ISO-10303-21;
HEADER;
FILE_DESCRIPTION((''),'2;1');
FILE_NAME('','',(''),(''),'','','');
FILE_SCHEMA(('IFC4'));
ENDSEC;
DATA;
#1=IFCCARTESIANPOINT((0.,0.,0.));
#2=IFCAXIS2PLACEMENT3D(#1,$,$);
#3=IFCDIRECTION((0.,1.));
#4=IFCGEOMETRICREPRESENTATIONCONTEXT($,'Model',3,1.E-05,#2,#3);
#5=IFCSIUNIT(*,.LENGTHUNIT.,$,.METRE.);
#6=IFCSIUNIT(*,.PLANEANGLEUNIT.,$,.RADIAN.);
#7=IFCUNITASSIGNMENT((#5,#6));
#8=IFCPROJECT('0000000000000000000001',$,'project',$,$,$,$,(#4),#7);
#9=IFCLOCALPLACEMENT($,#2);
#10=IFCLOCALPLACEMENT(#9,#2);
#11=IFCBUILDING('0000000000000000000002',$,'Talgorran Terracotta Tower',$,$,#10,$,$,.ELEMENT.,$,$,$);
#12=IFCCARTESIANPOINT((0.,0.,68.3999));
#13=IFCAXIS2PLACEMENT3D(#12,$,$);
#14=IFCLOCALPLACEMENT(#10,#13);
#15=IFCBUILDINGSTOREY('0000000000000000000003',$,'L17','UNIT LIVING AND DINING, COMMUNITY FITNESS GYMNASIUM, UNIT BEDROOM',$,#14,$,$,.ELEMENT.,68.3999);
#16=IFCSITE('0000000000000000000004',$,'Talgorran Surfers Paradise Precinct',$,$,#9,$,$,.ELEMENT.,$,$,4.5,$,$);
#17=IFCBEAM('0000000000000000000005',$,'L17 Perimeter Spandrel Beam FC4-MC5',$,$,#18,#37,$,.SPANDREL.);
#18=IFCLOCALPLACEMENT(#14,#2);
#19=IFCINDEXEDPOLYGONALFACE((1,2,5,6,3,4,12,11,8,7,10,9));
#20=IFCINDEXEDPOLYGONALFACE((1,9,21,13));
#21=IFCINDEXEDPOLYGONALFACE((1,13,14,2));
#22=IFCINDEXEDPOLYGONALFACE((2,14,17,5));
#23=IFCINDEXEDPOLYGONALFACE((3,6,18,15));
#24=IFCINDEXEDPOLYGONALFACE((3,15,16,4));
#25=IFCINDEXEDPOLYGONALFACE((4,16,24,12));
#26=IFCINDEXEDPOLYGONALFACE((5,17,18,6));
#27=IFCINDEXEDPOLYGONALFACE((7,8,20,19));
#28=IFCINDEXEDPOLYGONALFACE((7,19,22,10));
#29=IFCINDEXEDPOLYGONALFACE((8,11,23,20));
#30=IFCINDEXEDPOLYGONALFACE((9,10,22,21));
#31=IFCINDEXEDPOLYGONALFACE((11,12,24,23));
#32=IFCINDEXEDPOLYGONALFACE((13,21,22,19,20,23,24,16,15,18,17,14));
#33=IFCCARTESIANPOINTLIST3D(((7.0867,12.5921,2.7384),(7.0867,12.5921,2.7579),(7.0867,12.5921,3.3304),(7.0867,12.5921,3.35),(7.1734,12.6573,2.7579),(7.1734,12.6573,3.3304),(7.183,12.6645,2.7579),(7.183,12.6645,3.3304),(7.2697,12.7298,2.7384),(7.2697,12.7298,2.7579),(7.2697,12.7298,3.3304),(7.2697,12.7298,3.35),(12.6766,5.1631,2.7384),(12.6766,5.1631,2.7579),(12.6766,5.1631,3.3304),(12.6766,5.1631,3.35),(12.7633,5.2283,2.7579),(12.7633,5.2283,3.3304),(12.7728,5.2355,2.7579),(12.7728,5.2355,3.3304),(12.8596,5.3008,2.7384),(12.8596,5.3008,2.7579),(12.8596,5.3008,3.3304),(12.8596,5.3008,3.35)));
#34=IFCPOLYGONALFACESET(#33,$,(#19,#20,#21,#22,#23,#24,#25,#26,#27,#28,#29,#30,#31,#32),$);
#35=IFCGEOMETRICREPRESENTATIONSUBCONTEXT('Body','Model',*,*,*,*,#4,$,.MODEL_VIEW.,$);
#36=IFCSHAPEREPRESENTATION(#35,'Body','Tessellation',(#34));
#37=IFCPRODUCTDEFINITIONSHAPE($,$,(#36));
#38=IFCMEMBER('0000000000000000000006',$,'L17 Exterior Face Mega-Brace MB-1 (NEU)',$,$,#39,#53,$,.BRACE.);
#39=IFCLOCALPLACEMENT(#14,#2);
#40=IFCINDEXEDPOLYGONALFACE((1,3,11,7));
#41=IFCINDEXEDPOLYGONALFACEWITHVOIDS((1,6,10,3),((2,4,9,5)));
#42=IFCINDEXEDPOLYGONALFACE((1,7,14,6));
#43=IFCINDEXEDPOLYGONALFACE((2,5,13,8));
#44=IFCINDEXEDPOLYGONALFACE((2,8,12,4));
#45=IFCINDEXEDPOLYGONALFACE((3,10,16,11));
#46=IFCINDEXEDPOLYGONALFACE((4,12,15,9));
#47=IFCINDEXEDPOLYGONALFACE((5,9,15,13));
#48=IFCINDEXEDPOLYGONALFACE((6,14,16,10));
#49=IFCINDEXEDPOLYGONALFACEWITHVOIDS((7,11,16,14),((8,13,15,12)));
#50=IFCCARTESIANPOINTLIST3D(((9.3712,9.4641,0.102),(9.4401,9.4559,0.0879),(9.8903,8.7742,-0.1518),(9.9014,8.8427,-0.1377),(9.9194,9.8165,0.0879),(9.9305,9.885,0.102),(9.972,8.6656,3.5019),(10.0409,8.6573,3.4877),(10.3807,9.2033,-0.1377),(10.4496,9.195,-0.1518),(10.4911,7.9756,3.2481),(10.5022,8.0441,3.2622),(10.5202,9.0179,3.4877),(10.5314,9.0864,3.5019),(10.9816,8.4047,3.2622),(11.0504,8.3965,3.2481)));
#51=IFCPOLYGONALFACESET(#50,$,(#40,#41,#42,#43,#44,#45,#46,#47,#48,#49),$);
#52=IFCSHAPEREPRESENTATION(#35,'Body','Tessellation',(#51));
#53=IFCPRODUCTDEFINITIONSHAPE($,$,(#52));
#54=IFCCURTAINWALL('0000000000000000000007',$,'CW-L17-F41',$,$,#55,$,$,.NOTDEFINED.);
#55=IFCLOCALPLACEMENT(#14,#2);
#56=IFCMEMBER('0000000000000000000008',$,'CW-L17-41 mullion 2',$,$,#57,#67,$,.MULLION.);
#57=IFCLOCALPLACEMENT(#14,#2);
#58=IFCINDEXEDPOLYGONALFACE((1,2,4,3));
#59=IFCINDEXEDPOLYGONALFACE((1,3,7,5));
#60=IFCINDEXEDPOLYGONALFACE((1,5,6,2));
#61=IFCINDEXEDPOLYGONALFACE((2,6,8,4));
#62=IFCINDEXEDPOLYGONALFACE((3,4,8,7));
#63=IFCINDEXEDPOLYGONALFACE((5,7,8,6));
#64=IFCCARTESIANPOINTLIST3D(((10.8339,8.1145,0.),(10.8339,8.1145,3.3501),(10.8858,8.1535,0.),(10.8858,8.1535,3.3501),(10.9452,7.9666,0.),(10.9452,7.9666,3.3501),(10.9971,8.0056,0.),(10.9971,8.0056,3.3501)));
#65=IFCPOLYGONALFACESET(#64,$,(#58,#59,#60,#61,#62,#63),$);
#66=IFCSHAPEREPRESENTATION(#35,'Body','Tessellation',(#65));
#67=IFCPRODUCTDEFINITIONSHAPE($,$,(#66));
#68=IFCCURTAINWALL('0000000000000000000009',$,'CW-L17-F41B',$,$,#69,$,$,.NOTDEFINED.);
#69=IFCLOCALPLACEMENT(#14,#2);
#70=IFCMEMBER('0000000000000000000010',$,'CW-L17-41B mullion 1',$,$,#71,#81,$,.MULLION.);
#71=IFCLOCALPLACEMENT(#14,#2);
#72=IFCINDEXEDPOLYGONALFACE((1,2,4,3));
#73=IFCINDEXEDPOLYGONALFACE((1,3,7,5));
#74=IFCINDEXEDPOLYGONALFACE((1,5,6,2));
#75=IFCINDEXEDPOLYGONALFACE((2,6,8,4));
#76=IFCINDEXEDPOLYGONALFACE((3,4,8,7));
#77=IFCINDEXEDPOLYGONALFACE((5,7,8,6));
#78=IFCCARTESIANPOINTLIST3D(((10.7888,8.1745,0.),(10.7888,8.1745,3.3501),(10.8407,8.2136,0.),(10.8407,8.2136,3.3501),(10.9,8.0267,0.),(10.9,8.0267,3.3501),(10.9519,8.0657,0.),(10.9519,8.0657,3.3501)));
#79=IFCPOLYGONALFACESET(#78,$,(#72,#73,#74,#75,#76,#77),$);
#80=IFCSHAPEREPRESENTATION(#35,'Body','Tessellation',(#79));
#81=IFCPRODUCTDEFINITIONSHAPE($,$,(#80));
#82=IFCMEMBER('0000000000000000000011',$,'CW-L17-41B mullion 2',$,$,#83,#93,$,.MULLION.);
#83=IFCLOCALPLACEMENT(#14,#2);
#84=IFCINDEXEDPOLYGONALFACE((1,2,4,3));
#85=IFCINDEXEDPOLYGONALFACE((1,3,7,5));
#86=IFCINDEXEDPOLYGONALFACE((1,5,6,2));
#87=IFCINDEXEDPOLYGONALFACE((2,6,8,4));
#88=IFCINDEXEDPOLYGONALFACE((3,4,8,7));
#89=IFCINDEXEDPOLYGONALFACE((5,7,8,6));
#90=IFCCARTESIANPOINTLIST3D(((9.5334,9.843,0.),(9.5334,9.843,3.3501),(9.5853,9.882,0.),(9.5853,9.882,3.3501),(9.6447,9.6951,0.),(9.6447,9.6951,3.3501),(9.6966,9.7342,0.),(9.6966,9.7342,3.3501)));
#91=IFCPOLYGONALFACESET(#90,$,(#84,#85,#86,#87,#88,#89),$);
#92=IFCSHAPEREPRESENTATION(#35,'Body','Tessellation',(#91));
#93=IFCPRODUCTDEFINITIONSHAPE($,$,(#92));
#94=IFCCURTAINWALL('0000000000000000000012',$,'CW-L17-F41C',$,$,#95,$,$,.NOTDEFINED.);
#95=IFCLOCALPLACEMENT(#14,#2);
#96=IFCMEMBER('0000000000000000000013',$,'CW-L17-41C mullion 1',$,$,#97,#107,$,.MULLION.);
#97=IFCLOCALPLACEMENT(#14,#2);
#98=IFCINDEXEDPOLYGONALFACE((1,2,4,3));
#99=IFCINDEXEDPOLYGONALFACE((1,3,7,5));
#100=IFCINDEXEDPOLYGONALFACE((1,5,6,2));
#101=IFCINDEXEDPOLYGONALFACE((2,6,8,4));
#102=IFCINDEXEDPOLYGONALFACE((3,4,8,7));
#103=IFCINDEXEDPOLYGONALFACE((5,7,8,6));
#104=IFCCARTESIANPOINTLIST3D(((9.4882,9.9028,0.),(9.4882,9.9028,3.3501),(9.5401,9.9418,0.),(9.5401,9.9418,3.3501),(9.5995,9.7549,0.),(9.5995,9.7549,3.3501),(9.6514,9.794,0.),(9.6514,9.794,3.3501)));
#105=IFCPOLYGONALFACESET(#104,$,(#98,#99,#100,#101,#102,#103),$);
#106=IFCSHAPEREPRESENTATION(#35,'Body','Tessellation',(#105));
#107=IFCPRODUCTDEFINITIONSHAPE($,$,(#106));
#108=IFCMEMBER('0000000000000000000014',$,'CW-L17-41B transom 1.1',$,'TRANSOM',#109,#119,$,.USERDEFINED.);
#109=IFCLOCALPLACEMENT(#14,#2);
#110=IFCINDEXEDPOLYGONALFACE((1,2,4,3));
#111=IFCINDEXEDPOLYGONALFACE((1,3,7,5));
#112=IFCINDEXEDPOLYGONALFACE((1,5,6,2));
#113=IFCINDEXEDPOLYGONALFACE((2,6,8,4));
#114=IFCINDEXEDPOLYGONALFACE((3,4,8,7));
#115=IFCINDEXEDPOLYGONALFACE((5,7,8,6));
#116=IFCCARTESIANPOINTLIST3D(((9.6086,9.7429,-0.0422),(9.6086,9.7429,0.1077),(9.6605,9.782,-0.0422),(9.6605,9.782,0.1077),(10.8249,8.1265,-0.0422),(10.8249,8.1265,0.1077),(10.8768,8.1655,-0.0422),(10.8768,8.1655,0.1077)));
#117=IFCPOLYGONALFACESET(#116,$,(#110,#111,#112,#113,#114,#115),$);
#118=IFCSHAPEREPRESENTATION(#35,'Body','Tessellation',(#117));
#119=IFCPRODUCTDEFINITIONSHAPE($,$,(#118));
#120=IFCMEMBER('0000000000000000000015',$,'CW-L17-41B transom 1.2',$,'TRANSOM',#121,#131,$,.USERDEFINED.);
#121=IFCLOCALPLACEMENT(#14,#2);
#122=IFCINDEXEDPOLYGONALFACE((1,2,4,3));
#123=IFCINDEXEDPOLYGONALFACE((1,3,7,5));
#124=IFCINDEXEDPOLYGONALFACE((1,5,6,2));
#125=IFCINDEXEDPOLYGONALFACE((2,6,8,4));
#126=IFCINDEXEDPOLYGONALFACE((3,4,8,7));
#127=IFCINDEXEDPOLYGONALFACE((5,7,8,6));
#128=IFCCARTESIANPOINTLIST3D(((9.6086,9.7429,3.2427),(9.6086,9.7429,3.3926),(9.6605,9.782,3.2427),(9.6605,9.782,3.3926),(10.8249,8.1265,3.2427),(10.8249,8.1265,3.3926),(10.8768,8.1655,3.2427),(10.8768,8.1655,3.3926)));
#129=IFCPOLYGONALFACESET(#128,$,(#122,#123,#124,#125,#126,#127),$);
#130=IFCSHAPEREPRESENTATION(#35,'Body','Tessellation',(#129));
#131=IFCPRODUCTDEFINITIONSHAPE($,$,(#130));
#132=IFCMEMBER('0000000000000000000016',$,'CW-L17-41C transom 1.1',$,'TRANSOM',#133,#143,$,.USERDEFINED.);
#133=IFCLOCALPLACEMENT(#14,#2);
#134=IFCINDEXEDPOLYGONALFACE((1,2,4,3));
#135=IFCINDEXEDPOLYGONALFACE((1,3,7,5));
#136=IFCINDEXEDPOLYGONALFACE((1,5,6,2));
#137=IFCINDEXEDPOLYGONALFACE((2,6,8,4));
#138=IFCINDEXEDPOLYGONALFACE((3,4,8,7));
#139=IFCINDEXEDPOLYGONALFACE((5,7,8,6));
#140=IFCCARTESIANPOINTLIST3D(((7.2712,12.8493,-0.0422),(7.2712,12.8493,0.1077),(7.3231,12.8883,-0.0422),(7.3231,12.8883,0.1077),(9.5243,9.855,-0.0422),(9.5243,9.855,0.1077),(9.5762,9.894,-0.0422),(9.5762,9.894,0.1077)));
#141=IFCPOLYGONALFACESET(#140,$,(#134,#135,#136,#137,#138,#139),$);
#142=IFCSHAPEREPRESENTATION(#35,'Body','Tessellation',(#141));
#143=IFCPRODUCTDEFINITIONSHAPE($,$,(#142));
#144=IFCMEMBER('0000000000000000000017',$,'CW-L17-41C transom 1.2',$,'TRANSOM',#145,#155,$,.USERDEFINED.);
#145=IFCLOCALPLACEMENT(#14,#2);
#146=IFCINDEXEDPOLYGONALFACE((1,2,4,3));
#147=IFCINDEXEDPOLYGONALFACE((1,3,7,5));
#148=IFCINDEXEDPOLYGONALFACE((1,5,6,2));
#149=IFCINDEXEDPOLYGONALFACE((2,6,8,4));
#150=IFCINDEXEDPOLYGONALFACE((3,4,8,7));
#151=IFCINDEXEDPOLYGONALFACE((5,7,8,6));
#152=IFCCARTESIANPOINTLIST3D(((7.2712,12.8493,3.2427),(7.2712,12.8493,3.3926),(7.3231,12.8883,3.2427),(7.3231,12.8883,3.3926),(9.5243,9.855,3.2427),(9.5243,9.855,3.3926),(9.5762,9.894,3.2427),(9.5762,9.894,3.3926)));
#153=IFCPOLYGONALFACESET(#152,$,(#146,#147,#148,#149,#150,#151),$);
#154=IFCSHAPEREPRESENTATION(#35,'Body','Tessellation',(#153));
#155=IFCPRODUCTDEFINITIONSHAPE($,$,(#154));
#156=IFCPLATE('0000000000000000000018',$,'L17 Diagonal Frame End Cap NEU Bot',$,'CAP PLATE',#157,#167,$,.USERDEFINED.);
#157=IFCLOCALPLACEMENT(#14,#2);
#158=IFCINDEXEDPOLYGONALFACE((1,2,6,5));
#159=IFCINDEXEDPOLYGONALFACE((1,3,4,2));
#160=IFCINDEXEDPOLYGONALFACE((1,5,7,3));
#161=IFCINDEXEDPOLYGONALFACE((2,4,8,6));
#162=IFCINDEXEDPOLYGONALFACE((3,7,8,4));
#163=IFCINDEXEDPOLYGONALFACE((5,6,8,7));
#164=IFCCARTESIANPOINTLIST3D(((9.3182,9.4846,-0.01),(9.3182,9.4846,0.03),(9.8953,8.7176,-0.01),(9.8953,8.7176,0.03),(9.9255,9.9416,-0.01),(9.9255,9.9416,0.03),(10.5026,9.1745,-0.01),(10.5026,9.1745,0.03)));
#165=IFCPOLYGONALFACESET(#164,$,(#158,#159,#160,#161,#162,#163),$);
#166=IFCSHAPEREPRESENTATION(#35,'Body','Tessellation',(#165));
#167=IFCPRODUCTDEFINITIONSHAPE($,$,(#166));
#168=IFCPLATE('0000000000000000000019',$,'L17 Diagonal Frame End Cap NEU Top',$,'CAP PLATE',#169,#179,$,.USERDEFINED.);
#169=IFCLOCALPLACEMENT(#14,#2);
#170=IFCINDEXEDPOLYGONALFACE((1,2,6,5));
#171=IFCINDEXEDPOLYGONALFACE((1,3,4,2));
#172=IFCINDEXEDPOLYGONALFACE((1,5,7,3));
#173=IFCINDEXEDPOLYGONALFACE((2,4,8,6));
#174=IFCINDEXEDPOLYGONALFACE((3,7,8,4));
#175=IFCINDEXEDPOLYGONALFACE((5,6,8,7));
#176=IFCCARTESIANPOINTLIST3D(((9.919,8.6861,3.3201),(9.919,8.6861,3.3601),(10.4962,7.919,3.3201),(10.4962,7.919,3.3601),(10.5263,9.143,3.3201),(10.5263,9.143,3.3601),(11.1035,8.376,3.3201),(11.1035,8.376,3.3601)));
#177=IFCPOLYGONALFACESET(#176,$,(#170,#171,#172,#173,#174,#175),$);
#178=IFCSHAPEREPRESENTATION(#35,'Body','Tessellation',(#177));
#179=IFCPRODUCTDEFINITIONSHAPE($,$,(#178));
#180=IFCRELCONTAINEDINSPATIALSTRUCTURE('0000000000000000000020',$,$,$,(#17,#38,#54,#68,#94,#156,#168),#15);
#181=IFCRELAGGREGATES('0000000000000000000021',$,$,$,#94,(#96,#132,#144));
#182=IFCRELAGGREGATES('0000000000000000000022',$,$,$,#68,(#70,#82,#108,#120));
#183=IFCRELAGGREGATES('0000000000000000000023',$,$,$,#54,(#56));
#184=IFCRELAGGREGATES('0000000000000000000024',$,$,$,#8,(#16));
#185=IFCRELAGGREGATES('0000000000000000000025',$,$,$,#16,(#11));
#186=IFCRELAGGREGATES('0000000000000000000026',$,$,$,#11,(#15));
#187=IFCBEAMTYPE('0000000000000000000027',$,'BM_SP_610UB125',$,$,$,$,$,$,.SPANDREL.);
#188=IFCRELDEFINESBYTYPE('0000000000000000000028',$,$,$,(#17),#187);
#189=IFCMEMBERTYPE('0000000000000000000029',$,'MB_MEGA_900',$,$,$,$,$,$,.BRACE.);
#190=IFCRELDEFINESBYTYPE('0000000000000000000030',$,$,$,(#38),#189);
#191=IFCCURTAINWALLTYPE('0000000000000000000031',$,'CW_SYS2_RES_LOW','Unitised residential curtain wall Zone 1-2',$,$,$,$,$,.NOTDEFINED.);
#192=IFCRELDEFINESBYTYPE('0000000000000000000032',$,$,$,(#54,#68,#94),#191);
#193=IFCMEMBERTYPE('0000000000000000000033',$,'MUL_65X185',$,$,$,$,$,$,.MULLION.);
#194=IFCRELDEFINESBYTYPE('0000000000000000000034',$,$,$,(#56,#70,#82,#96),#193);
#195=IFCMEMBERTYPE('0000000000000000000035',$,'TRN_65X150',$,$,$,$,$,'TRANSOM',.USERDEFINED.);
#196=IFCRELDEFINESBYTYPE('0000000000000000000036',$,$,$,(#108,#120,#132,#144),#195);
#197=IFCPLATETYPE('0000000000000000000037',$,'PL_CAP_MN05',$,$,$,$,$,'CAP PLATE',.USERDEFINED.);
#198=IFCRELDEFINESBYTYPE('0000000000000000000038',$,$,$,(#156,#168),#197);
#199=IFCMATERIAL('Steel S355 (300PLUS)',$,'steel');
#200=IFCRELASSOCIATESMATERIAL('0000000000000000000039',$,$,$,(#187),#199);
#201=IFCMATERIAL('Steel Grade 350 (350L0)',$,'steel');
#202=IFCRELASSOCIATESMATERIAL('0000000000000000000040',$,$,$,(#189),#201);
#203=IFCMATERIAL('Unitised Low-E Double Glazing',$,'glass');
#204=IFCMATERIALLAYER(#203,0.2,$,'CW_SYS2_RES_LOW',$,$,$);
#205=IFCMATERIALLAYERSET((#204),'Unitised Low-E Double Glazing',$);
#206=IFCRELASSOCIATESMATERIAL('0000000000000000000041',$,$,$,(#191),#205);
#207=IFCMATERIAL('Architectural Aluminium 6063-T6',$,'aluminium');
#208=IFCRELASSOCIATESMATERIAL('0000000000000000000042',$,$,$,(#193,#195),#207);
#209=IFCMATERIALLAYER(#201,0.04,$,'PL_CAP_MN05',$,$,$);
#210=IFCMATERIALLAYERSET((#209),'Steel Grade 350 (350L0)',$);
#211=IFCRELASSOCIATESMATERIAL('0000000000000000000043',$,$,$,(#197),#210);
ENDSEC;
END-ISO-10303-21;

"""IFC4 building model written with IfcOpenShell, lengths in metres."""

from ifc_helpers import new_model, si_unit, direction, frame, origin, origin_2d, place, context, subcontext, project, spatial, rectangle, hollow_rectangle, i_section, extrude, material, layer, layer_set, material_profile, profile_set, type_object, element, aggregate, save


model = new_model("IFC4")

# Units and contexts
model_context = context("Model", 3, precision=1e-05, world=origin(), true_north=direction((0.0, 1.0)))
body_context = subcontext(model_context, "Body", "Model", "MODEL_VIEW")
ifc_project = project(units=[si_unit("LENGTHUNIT", "METRE"), si_unit("PLANEANGLEUNIT", "RADIAN")], contexts=[model_context])

# Site, building, storey
site_placement = place(None, origin())
site = spatial("IfcSite", under=ifc_project, at=site_placement, Name="Talgorran Surfers Paradise Precinct", CompositionType="ELEMENT", RefElevation=4.5)
building_placement = place(site_placement, origin())
building = spatial("IfcBuilding", under=site, at=building_placement, Name="Talgorran Terracotta Tower", CompositionType="ELEMENT")
storey_placement = place(building_placement, frame((0.0, 0.0, 68.3999)))
storey = spatial("IfcBuildingStorey", under=building, at=storey_placement, Name="L17", Description="UNIT LIVING AND DINING, COMMUNITY FITNESS GYMNASIUM, UNIT BEDROOM", CompositionType="ELEMENT", Elevation=68.3999)

# Beam
ifc_material_1 = material(Name="Steel S355 (300PLUS)", Category="steel")
ifc_material_profile_1 = material_profile(ifc_material_1, i_section(OverallWidth=0.229, OverallDepth=0.6116, WebThickness=0.012, FlangeThickness=0.0195, at=origin_2d()), Name="610UB125")
ifc_profile_set_1 = profile_set([ifc_material_profile_1], Name="Steel S355 (300PLUS)")
beam_type = type_object("IfcBeamType", Name="BM_SP_610UB125", PredefinedType="SPANDREL", material=ifc_profile_set_1)
beam_placement = place(storey_placement, frame((12.7681, 5.2319, 3.0442), z_axis=(-0.601247, 0.799063, 0.0), x_axis=(-0.799063, -0.601247, 0.0)))
element("IfcBeam", 1, at=beam_placement, inside=storey, type_object=beam_type, Name="L17 Perimeter Spandrel Beam FC4-MC5", PredefinedType="SPANDREL", context=body_context, shape_type="SweptSolid", body=[
    extrude(i_section(OverallWidth=0.229, OverallDepth=0.6116, WebThickness=0.012, FlangeThickness=0.0195, at=origin_2d()), origin(), (0.0, 0.0, 1.0), 9.2971),
])

# Member
ifc_material_2 = material(Name="Steel Grade 350 (350L0)", Category="steel")
ifc_material_profile_2 = material_profile(ifc_material_2, hollow_rectangle(XDim=0.7, YDim=0.8999, WallThickness=0.05, at=origin_2d()), Name="WBOX900X700X50")
ifc_profile_set_2 = profile_set([ifc_material_profile_2], Name="Steel Grade 350 (350L0)")
member_type_1 = type_object("IfcMemberType", Name="MB_MEGA_900", PredefinedType="BRACE", material=ifc_profile_set_2)
member_1_placement = place(storey_placement, frame((9.9104, 9.3296, -0.0249), z_axis=(0.169547, -0.225351, 0.959412), x_axis=(0.79909, 0.601211, 0.0)))
element("IfcMember", 2, at=member_1_placement, inside=storey, type_object=member_type_1, Name="L17 Exterior Face Mega-Brace MB-1 (NEU)", PredefinedType="BRACE", context=body_context, shape_type="SweptSolid", body=[
    extrude(hollow_rectangle(XDim=0.7, YDim=0.8999, WallThickness=0.05, at=origin_2d()), origin(), (0.0, 0.0, 1.0), 3.5437),
])

# Curtain wall, member
ifc_material_3 = material(Name="Unitised Low-E Double Glazing", Category="glass")
ifc_layer_1 = layer(ifc_material_3, 0.2, Name="CW_SYS2_RES_LOW")
ifc_layer_set_1 = layer_set([ifc_layer_1], Name="Unitised Low-E Double Glazing")
curtain_wall_type = type_object("IfcCurtainWallType", Name="CW_SYS2_RES_LOW", Description="Unitised residential curtain wall Zone 1-2", PredefinedType="NOTDEFINED", material=ifc_layer_set_1)
curtain_wall_1_placement = place(storey_placement, origin())
curtain_wall_1 = element("IfcCurtainWall", 3, at=curtain_wall_1_placement, inside=storey, type_object=curtain_wall_type, Name="CW-L17-F41", PredefinedType="NOTDEFINED")
ifc_material_4 = material(Name="Architectural Aluminium 6063-T6", Category="aluminium")
ifc_material_profile_3 = material_profile(ifc_material_4, rectangle(XDim=0.0649, YDim=0.1851, at=origin_2d()), Name="CWM65X185")
ifc_profile_set_3 = profile_set([ifc_material_profile_3], Name="Architectural Aluminium 6063-T6")
member_type_2 = type_object("IfcMemberType", Name="MUL_65X185", PredefinedType="MULLION", material=ifc_profile_set_3)
member_2_placement = place(storey_placement, frame((10.9155, 8.0601, 0.0), z_axis=(0.0, 0.0, 1.0), x_axis=(-0.799062, -0.601249, 0.0)))
member_2 = element("IfcMember", 4, at=member_2_placement, type_object=member_type_2, Name="CW-L17-41 mullion 2", PredefinedType="MULLION", context=body_context, shape_type="SweptSolid", body=[
    extrude(rectangle(XDim=0.0649, YDim=0.1851, at=origin_2d()), origin(), (0.0, 0.0, 1.0), 3.3501),
])

# Curtain wall, members
curtain_wall_2_placement = place(storey_placement, origin())
curtain_wall_2 = element("IfcCurtainWall", 5, at=curtain_wall_2_placement, inside=storey, type_object=curtain_wall_type, Name="CW-L17-F41B", PredefinedType="NOTDEFINED")
member_3_placement = place(storey_placement, frame((10.8704, 8.1201, 0.0), z_axis=(0.0, 0.0, 1.0), x_axis=(-0.799063, -0.601248, 0.0)))
member_3 = element("IfcMember", 6, at=member_3_placement, type_object=member_type_2, Name="CW-L17-41B mullion 1", PredefinedType="MULLION", context=body_context, shape_type="SweptSolid", body=[
    extrude(rectangle(XDim=0.0649, YDim=0.1851, at=origin_2d()), origin(), (0.0, 0.0, 1.0), 3.3501),
])
member_4_placement = place(storey_placement, frame((9.615, 9.7886, 0.0), z_axis=(0.0, 0.0, 1.0), x_axis=(-0.799063, -0.601248, 0.0)))
member_4 = element("IfcMember", 7, at=member_4_placement, type_object=member_type_2, Name="CW-L17-41B mullion 2", PredefinedType="MULLION", context=body_context, shape_type="SweptSolid", body=[
    extrude(rectangle(XDim=0.0649, YDim=0.1851, at=origin_2d()), origin(), (0.0, 0.0, 1.0), 3.3501),
])

# Curtain wall, member
curtain_wall_3_placement = place(storey_placement, origin())
curtain_wall_3 = element("IfcCurtainWall", 8, at=curtain_wall_3_placement, inside=storey, type_object=curtain_wall_type, Name="CW-L17-F41C", PredefinedType="NOTDEFINED")
member_5_placement = place(storey_placement, frame((9.5698, 9.8484, 0.0), z_axis=(0.0, 0.0, 1.0), x_axis=(-0.799061, -0.60125, 0.0)))
member_5 = element("IfcMember", 9, at=member_5_placement, type_object=member_type_2, Name="CW-L17-41C mullion 1", PredefinedType="MULLION", context=body_context, shape_type="SweptSolid", body=[
    extrude(rectangle(XDim=0.0649, YDim=0.1851, at=origin_2d()), origin(), (0.0, 0.0, 1.0), 3.3501),
])

# Members
ifc_material_profile_4 = material_profile(ifc_material_4, rectangle(XDim=0.0649, YDim=0.1499, at=origin_2d()), Name="CWT65X150")
ifc_profile_set_4 = profile_set([ifc_material_profile_4], Name="Architectural Aluminium 6063-T6")
member_type_3 = type_object("IfcMemberType", Name="TRN_65X150", ElementType="TRANSOM", PredefinedType="USERDEFINED", material=ifc_profile_set_4)
member_6_placement = place(storey_placement, frame((10.8508, 8.146, 0.0327), z_axis=(-0.601254, 0.799058, 0.0), x_axis=(-0.799058, -0.601254, 0.0)))
member_6 = element("IfcMember", 10, at=member_6_placement, type_object=member_type_3, Name="CW-L17-41B transom 1.1", ObjectType="TRANSOM", PredefinedType="USERDEFINED", context=body_context, shape_type="SweptSolid", body=[
    extrude(rectangle(XDim=0.0649, YDim=0.1499, at=origin_2d()), origin(), (0.0, 0.0, 1.0), 2.0229),
])
member_7_placement = place(storey_placement, frame((10.8508, 8.146, 3.3176), z_axis=(-0.601254, 0.799058, 0.0), x_axis=(-0.799058, -0.601254, 0.0)))
member_7 = element("IfcMember", 11, at=member_7_placement, type_object=member_type_3, Name="CW-L17-41B transom 1.2", ObjectType="TRANSOM", PredefinedType="USERDEFINED", context=body_context, shape_type="SweptSolid", body=[
    extrude(rectangle(XDim=0.0649, YDim=0.1499, at=origin_2d()), origin(), (0.0, 0.0, 1.0), 2.0229),
])
member_8_placement = place(storey_placement, frame((9.5503, 9.8745, 0.0327), z_axis=(-0.601261, 0.799053, 0.0), x_axis=(-0.799053, -0.601261, 0.0)))
member_8 = element("IfcMember", 12, at=member_8_placement, type_object=member_type_3, Name="CW-L17-41C transom 1.1", ObjectType="TRANSOM", PredefinedType="USERDEFINED", context=body_context, shape_type="SweptSolid", body=[
    extrude(rectangle(XDim=0.0649, YDim=0.1499, at=origin_2d()), origin(), (0.0, 0.0, 1.0), 3.7473),
])
member_9_placement = place(storey_placement, frame((9.5503, 9.8745, 3.3176), z_axis=(-0.601261, 0.799053, 0.0), x_axis=(-0.799053, -0.601261, 0.0)))
member_9 = element("IfcMember", 13, at=member_9_placement, type_object=member_type_3, Name="CW-L17-41C transom 1.2", ObjectType="TRANSOM", PredefinedType="USERDEFINED", context=body_context, shape_type="SweptSolid", body=[
    extrude(rectangle(XDim=0.0649, YDim=0.1499, at=origin_2d()), origin(), (0.0, 0.0, 1.0), 3.7473),
])
aggregate(curtain_wall_3, [member_5, member_8, member_9])

# Plates
ifc_layer_2 = layer(ifc_material_2, 0.04, Name="PL_CAP_MN05")
ifc_layer_set_2 = layer_set([ifc_layer_2], Name="Steel Grade 350 (350L0)")
plate_type_1 = type_object("IfcPlateType", Name="PL_CAP_MN05", ElementType="CAP PLATE", PredefinedType="USERDEFINED", material=ifc_layer_set_2)
for number, where, z_axis, x_axis, name in (
    (14, (9.9104, 9.3296, -0.01), (0.0, 0.0, 1.0), (0.601257, -0.799055, 0.0), "L17 Diagonal Frame End Cap NEU Bot"),
    (15, (10.5112, 8.531, 3.3201), (0.0, 0.0, 1.0), (0.601257, -0.799055, 0.0), "L17 Diagonal Frame End Cap NEU Top"),
):
    element("IfcPlate", number, at=place(storey_placement, frame(where, z_axis=z_axis, x_axis=x_axis)), inside=storey, type_object=plate_type_1, Name=name, ObjectType="CAP PLATE", PredefinedType="USERDEFINED", context=body_context, shape_type="SweptSolid", body=[
        extrude(rectangle(XDim=0.96, YDim=0.76, at=origin_2d()), origin(), (0.0, 0.0, 1.0), 0.04),
    ])

aggregate(curtain_wall_2, [member_3, member_4, member_6, member_7])
aggregate(curtain_wall_1, [member_2])

save(model, "model.ifc")
